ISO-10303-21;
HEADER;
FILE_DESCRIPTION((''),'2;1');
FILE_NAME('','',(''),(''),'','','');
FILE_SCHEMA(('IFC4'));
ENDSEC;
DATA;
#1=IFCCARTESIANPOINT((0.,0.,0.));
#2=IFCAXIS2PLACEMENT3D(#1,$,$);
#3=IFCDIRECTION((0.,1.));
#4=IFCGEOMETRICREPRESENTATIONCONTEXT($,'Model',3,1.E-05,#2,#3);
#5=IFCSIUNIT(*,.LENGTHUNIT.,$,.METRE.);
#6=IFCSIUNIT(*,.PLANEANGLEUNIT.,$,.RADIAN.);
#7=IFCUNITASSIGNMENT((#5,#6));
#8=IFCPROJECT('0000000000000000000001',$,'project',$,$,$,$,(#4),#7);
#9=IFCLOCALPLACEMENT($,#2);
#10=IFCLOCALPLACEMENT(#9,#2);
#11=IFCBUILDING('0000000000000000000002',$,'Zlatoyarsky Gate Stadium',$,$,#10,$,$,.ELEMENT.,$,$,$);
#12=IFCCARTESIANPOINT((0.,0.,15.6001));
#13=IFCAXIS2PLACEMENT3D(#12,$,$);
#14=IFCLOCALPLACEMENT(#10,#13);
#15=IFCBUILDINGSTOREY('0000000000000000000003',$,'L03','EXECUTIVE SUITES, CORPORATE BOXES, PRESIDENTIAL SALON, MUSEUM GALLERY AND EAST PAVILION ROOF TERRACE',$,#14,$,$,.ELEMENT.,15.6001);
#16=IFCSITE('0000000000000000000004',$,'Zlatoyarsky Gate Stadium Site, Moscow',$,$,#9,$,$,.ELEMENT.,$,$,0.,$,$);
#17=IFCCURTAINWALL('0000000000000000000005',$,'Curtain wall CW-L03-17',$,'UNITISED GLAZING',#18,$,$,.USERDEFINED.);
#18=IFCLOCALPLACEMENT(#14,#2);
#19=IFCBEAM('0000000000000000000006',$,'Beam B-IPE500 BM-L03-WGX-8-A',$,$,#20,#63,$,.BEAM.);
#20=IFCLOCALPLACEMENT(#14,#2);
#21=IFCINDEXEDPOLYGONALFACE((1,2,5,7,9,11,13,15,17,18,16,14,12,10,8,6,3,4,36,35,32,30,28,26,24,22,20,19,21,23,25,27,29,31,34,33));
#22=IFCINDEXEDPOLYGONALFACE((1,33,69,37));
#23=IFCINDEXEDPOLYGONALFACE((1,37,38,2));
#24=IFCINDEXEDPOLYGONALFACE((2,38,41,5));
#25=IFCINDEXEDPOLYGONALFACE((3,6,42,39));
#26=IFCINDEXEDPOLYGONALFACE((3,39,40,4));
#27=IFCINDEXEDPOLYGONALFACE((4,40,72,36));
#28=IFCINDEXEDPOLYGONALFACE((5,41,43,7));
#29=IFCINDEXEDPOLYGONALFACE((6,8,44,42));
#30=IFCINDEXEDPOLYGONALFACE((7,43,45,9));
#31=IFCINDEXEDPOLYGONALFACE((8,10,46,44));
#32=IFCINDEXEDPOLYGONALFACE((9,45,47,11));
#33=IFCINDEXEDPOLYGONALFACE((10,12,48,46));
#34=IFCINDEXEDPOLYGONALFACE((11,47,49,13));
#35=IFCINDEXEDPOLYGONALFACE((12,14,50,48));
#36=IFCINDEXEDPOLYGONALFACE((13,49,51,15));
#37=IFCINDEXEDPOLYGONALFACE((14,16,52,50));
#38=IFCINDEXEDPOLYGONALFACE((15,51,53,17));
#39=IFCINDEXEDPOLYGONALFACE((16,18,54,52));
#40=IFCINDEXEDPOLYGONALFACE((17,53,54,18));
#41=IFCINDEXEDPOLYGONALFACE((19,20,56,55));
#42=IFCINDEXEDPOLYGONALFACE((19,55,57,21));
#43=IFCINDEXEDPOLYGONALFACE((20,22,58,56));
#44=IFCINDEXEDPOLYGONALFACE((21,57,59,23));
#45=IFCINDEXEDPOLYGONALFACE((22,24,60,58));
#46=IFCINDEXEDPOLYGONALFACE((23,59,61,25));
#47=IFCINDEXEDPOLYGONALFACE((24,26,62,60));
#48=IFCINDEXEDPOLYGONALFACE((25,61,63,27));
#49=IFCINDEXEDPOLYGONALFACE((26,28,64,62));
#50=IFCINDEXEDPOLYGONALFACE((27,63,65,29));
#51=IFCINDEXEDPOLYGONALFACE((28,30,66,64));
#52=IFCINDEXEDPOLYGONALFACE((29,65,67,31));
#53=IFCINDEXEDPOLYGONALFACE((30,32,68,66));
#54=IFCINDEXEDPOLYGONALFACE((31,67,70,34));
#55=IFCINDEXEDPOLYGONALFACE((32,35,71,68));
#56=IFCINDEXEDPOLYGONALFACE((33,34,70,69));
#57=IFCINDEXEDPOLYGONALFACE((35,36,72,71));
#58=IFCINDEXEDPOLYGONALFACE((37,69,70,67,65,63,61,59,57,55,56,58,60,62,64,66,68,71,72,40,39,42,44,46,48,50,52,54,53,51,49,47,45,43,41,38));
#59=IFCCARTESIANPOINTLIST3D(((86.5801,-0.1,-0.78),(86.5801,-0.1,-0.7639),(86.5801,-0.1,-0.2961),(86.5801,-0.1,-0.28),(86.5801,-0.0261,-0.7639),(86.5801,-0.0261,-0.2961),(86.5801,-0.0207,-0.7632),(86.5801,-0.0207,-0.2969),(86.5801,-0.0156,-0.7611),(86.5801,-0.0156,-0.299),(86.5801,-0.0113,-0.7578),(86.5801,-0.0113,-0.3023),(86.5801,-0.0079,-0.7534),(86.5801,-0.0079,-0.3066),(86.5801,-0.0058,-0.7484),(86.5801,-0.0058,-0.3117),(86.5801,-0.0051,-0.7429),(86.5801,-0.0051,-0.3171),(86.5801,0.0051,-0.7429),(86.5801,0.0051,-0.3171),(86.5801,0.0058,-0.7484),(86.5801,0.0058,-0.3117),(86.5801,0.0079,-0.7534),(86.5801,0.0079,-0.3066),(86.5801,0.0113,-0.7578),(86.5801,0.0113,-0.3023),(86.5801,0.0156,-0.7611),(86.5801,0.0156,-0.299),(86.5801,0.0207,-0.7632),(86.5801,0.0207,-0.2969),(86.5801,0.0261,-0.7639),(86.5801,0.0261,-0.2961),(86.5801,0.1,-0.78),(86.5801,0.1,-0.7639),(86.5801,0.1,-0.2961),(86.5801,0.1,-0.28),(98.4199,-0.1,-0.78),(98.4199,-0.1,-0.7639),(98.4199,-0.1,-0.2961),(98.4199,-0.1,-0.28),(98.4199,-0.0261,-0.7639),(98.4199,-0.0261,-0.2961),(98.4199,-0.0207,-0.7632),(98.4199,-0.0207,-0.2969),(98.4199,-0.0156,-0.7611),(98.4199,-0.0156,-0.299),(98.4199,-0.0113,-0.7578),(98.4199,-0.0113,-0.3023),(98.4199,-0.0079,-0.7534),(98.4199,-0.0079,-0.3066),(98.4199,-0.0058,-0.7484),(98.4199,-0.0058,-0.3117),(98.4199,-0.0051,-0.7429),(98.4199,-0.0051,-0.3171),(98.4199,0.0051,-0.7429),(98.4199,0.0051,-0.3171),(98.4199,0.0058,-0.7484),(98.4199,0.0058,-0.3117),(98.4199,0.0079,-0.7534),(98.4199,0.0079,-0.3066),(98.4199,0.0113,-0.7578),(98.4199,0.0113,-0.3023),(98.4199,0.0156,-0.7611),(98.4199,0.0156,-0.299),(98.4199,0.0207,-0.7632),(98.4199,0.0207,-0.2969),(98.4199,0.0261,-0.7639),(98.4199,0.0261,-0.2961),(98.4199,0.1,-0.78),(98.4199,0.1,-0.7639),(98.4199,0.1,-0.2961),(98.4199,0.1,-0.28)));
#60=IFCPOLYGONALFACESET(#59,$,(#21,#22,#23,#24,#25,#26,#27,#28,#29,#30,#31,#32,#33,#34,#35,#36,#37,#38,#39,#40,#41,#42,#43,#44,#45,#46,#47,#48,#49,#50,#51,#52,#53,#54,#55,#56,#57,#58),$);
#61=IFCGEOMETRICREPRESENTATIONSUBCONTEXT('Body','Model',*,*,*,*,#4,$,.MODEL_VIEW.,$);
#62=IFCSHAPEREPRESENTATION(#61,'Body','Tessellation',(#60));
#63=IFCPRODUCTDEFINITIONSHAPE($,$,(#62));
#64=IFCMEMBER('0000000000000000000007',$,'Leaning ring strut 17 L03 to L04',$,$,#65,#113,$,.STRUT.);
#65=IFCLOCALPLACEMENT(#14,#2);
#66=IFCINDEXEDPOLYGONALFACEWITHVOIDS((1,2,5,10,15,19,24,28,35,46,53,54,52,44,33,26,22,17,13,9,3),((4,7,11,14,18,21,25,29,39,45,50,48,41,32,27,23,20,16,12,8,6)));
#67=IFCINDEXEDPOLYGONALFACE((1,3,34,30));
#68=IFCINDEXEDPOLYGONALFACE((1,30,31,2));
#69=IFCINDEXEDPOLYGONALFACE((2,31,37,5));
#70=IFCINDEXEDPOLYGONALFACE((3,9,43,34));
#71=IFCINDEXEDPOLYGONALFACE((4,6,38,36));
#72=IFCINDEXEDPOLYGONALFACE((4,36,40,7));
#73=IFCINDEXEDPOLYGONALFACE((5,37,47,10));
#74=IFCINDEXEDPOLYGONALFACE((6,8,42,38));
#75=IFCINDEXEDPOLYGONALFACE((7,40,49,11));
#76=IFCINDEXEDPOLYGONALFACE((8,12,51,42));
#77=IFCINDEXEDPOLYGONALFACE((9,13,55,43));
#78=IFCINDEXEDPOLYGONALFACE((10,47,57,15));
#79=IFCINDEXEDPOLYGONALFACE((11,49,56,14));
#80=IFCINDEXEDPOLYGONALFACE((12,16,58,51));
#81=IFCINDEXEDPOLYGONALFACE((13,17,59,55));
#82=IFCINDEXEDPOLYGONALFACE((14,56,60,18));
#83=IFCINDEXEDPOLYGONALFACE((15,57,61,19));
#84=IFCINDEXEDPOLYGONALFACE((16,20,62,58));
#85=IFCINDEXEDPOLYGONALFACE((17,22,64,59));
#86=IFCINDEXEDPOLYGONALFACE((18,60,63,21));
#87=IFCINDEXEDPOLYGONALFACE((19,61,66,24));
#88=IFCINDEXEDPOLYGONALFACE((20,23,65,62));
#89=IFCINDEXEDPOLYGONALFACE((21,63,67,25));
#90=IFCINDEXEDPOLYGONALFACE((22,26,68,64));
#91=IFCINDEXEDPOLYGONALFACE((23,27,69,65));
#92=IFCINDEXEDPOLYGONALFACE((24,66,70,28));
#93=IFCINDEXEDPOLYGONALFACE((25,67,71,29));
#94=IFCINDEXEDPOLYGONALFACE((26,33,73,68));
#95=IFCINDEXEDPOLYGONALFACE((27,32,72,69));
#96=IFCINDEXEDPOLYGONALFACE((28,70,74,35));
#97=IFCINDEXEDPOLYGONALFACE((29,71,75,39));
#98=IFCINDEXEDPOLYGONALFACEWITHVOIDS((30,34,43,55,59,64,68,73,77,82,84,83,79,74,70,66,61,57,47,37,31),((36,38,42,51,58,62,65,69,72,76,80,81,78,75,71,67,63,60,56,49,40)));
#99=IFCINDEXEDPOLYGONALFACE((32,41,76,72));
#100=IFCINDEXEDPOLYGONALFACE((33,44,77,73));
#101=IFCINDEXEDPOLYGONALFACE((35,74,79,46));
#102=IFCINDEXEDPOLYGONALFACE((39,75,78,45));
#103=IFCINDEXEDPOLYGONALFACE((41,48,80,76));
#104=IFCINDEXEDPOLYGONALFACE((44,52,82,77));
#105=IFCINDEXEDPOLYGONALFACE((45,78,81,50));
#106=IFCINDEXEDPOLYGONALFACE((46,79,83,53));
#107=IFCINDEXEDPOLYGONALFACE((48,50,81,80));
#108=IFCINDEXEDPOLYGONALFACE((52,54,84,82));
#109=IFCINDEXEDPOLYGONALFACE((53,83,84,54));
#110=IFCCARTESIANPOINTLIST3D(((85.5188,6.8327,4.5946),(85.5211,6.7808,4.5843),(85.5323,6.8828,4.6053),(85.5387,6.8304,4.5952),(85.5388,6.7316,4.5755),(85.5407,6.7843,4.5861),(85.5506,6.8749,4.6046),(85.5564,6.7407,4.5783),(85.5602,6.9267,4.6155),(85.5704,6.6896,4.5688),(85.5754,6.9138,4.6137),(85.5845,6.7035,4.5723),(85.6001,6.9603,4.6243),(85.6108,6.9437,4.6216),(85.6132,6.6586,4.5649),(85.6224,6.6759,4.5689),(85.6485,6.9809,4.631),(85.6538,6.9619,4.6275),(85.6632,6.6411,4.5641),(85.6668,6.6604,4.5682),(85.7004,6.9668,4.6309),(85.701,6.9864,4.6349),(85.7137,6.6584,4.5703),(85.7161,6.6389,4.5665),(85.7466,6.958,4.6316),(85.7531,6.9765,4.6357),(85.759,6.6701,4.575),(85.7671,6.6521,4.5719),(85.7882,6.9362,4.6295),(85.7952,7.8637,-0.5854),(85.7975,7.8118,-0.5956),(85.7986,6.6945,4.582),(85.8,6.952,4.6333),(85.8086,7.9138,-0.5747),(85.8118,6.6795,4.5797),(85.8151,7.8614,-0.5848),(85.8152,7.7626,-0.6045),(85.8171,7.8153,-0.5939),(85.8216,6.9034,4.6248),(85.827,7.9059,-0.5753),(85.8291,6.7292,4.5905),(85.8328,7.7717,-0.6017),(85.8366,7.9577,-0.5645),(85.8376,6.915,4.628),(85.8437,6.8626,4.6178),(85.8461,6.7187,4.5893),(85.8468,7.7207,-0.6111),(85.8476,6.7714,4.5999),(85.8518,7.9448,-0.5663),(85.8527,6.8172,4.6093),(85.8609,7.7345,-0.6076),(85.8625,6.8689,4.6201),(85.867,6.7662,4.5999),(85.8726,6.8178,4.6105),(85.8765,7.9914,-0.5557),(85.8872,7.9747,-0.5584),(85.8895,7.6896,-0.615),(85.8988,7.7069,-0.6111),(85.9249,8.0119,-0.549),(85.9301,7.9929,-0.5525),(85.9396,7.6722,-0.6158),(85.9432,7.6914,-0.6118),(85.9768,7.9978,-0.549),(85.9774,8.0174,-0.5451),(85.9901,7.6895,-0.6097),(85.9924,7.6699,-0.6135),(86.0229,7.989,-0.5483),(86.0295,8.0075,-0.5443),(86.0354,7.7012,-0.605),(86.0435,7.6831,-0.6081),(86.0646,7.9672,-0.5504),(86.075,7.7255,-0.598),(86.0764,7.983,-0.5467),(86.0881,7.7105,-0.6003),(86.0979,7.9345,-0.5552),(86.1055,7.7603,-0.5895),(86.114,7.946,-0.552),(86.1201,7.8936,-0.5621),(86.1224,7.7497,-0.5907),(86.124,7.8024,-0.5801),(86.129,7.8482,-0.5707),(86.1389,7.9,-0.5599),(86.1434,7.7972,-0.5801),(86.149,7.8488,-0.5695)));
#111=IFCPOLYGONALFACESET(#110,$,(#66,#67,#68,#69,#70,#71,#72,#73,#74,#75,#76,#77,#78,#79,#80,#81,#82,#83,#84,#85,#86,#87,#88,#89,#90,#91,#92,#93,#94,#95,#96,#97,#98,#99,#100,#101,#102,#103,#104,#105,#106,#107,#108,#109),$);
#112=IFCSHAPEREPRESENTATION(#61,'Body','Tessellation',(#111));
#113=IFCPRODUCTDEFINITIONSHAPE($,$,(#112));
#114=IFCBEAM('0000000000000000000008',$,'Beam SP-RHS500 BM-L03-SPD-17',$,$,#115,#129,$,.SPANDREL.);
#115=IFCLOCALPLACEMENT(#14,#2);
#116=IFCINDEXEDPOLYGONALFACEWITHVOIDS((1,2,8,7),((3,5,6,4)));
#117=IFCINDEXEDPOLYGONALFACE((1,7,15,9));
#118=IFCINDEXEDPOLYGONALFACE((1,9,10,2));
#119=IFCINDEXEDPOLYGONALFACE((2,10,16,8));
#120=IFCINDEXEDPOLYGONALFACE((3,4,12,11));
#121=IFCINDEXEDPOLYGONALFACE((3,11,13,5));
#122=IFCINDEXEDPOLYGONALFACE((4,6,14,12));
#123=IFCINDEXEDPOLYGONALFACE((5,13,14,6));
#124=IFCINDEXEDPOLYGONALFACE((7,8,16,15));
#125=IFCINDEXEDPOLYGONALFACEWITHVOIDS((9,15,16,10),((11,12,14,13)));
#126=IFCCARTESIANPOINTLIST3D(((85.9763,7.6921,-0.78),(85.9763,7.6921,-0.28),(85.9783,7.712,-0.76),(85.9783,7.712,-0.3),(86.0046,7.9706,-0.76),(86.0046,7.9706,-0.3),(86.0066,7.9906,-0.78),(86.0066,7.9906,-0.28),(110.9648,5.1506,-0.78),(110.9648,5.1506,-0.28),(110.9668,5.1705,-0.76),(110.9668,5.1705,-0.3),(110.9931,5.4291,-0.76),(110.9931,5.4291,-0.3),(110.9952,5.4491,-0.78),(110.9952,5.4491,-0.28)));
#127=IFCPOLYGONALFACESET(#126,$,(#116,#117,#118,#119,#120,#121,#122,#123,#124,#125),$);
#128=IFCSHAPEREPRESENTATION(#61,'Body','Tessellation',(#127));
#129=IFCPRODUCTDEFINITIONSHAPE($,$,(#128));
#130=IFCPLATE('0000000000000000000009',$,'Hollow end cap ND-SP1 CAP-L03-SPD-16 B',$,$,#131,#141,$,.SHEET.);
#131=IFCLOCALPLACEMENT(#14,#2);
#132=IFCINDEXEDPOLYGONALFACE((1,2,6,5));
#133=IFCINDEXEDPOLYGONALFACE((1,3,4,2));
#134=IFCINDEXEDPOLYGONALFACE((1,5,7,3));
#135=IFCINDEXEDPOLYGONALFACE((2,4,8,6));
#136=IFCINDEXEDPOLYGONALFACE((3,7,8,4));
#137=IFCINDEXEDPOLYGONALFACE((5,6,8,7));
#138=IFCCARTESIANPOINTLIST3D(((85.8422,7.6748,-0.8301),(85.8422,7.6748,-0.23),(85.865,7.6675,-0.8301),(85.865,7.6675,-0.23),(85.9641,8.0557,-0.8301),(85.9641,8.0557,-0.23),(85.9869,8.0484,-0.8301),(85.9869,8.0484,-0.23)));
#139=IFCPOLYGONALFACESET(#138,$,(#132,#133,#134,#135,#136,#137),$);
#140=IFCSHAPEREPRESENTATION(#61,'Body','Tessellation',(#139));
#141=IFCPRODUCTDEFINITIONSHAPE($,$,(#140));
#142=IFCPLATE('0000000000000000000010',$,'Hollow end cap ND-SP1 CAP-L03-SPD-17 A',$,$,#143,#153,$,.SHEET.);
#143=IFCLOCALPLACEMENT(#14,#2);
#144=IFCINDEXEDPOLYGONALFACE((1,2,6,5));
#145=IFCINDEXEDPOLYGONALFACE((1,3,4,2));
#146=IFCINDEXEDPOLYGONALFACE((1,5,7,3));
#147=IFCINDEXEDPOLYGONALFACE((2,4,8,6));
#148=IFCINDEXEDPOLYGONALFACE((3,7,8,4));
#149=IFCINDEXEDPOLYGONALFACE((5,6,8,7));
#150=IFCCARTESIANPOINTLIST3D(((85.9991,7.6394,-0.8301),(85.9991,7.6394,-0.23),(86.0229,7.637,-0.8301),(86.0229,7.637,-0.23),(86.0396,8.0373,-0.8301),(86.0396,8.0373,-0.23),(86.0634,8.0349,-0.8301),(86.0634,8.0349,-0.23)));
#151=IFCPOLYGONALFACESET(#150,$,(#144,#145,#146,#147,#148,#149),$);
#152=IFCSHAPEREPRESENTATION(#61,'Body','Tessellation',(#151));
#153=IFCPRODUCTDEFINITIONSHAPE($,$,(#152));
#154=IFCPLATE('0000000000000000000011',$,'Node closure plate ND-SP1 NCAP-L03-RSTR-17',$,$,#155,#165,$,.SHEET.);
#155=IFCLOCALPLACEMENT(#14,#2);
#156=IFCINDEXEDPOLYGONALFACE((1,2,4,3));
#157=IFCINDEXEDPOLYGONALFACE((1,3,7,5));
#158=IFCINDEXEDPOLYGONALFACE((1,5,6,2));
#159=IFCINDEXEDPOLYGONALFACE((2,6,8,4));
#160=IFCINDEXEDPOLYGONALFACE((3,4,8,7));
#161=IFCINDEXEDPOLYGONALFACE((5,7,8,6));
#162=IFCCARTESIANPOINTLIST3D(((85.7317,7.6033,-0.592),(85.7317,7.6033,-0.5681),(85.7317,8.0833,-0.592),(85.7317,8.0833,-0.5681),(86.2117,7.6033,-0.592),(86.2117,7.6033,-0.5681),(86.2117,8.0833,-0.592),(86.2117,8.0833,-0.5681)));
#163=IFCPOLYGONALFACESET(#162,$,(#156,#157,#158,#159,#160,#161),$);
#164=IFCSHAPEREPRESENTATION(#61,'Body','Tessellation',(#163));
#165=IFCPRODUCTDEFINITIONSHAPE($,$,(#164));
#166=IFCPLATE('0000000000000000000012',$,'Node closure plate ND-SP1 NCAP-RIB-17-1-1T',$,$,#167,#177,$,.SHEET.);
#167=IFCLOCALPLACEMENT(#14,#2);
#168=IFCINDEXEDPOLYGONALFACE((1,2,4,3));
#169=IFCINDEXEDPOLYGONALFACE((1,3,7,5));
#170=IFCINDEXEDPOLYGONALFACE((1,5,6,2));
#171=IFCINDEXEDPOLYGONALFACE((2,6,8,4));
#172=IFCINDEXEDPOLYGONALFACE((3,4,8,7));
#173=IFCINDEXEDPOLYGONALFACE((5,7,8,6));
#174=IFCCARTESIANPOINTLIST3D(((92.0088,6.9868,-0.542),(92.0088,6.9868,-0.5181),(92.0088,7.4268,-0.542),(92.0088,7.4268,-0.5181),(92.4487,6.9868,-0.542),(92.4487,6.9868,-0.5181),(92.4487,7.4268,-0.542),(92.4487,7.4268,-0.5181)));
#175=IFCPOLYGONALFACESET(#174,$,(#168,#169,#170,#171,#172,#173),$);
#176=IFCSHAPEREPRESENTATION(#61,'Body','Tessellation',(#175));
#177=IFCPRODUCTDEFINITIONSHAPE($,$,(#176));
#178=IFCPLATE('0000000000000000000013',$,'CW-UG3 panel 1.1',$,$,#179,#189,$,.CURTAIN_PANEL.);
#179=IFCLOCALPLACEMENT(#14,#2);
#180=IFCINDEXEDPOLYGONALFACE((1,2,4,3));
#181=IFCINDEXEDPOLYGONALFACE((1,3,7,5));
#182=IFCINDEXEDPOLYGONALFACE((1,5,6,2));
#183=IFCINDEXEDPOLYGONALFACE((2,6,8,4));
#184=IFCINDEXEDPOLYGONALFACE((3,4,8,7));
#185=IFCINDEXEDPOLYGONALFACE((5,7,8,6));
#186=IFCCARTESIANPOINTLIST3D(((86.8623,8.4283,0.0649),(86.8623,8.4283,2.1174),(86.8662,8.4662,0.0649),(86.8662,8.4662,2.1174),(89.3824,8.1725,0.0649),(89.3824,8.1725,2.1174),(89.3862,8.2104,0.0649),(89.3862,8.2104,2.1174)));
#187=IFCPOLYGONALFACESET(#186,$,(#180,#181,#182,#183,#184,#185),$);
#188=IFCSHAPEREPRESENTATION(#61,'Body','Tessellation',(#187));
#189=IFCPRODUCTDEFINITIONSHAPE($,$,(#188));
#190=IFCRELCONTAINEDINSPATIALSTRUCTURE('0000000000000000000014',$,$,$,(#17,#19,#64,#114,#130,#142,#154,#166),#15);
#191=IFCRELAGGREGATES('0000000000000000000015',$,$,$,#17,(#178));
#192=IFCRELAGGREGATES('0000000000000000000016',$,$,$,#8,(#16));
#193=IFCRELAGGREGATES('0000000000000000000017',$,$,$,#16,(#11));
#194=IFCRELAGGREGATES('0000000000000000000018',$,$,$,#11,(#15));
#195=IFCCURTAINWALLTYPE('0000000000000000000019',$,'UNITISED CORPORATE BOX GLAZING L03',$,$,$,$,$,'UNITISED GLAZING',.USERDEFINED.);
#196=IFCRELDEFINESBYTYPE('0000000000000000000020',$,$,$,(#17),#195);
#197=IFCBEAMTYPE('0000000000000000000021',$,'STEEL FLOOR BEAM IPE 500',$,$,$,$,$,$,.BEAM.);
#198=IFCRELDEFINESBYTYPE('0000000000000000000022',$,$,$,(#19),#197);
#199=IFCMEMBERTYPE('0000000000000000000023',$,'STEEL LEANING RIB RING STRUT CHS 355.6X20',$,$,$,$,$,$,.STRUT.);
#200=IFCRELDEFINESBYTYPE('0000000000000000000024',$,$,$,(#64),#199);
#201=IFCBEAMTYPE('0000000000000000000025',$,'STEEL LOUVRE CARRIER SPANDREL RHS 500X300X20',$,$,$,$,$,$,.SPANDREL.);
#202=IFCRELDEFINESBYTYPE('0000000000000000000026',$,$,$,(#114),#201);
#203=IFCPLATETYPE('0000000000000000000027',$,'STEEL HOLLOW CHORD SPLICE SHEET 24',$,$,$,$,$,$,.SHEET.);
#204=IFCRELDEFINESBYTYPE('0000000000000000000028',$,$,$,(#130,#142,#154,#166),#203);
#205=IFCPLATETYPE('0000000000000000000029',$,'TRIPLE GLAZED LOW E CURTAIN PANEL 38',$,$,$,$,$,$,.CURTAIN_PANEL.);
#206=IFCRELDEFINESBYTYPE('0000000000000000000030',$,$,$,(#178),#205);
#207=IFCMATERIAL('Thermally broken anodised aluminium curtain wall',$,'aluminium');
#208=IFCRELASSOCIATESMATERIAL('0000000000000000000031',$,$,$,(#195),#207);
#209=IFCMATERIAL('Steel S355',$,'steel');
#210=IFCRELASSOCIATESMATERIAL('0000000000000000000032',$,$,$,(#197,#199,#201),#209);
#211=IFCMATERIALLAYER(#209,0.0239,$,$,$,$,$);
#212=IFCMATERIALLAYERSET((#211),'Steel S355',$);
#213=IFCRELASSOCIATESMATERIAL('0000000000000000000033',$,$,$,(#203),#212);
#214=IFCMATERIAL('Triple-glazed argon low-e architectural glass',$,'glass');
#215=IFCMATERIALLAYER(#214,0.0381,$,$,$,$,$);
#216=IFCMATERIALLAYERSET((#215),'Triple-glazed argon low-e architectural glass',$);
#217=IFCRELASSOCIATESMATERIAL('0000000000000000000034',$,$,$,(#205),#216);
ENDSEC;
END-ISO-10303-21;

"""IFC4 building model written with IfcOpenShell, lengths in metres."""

from ifc_helpers import new_model, si_unit, direction, frame, origin, origin_2d, place, context, subcontext, project, spatial, rectangle, hollow_rectangle, hollow_circle, i_section, extrude, material, layer, layer_set, material_profile, profile_set, type_object, element, aggregate, save


model = new_model("IFC4")

# Units and contexts
model_context = context("Model", 3, precision=1e-05, world=origin(), true_north=direction((0.0, 1.0)))
body_context = subcontext(model_context, "Body", "Model", "MODEL_VIEW")
ifc_project = project(units=[si_unit("LENGTHUNIT", "METRE"), si_unit("PLANEANGLEUNIT", "RADIAN")], contexts=[model_context])

# Site, building, storey
site_placement = place(None, origin())
site = spatial("IfcSite", under=ifc_project, at=site_placement, Name="Zlatoyarsky Gate Stadium Site, Moscow", CompositionType="ELEMENT", RefElevation=0.0)
building_placement = place(site_placement, origin())
building = spatial("IfcBuilding", under=site, at=building_placement, Name="Zlatoyarsky Gate Stadium", CompositionType="ELEMENT")
storey_placement = place(building_placement, frame((0.0, 0.0, 15.6001)))
storey = spatial("IfcBuildingStorey", under=building, at=storey_placement, Name="L03", Description="EXECUTIVE SUITES, CORPORATE BOXES, PRESIDENTIAL SALON, MUSEUM GALLERY AND EAST PAVILION ROOF TERRACE", CompositionType="ELEMENT", Elevation=15.6001)

# Curtain wall
ifc_material_1 = material(Name="Thermally broken anodised aluminium curtain wall", Category="aluminium")
curtain_wall_type = type_object("IfcCurtainWallType", Name="UNITISED CORPORATE BOX GLAZING L03", ElementType="UNITISED GLAZING", PredefinedType="USERDEFINED", material=ifc_material_1)
curtain_wall_placement = place(storey_placement, origin())
curtain_wall = element("IfcCurtainWall", 1, at=curtain_wall_placement, inside=storey, type_object=curtain_wall_type, Name="Curtain wall CW-L03-17", ObjectType="UNITISED GLAZING", PredefinedType="USERDEFINED")

# Beam
ifc_material_2 = material(Name="Steel S355", Category="steel")
ifc_material_profile_1 = material_profile(ifc_material_2, i_section(OverallWidth=0.2, OverallDepth=0.5, WebThickness=0.0103, FlangeThickness=0.0161, FilletRadius=0.021, at=origin_2d()), Name="IPE 500")
ifc_profile_set_1 = profile_set([ifc_material_profile_1], Name="Steel S355")
beam_type_1 = type_object("IfcBeamType", Name="STEEL FLOOR BEAM IPE 500", PredefinedType="BEAM", material=ifc_profile_set_1)
beam_1_placement = place(storey_placement, frame((86.5801, 0.0, -0.53), z_axis=(1.0, 0.0, 0.0), x_axis=(0.0, 1.0, 0.0)))
element("IfcBeam", 2, at=beam_1_placement, inside=storey, type_object=beam_type_1, Name="Beam B-IPE500 BM-L03-WGX-8-A", PredefinedType="BEAM", context=body_context, shape_type="SweptSolid", body=[
    extrude(i_section(OverallWidth=0.2, OverallDepth=0.5, WebThickness=0.0103, FlangeThickness=0.0161, FilletRadius=0.021, at=origin_2d()), origin(), (0.0, 0.0, 1.0), 11.8398),
])

# Member
ifc_material_profile_2 = material_profile(ifc_material_2, hollow_circle(Radius=0.1777, WallThickness=0.02, at=origin_2d()), Name="CHS 355.6X20")
ifc_profile_set_2 = profile_set([ifc_material_profile_2], Name="Steel S355")
member_type_1 = type_object("IfcMemberType", Name="STEEL LEANING RIB RING STRUT CHS 355.6X20", PredefinedType="STRUT", material=ifc_profile_set_2)
member_1_placement = place(storey_placement, frame((85.9717, 7.8433, -0.5801), z_axis=(-0.052256, -0.194943, 0.979422), x_axis=(0.9659, -0.258915, 0.0)))
element("IfcMember", 3, at=member_1_placement, inside=storey, type_object=member_type_1, Name="Leaning ring strut 17 L03 to L04", PredefinedType="STRUT", context=body_context, shape_type="SweptSolid", body=[
    extrude(hollow_circle(Radius=0.1777, WallThickness=0.02, at=origin_2d()), origin(), (0.0, 0.0, 1.0), 5.2888),
])

# Beam
ifc_material_profile_3 = material_profile(ifc_material_2, hollow_rectangle(XDim=0.3, YDim=0.5, WallThickness=0.02, at=origin_2d()), Name="RHS 500X300X20")
ifc_profile_set_3 = profile_set([ifc_material_profile_3], Name="Steel S355")
beam_type_2 = type_object("IfcBeamType", Name="STEEL LOUVRE CARRIER SPANDREL RHS 500X300X20", PredefinedType="SPANDREL", material=ifc_profile_set_3)
beam_2_placement = place(storey_placement, frame((85.9915, 7.8413, -0.53), z_axis=(0.994868, -0.101185, 0.0), x_axis=(0.101185, 0.994868, 0.0)))
element("IfcBeam", 4, at=beam_2_placement, inside=storey, type_object=beam_type_2, Name="Beam SP-RHS500 BM-L03-SPD-17", PredefinedType="SPANDREL", context=body_context, shape_type="SweptSolid", body=[
    extrude(hollow_rectangle(XDim=0.3, YDim=0.5, WallThickness=0.02, at=origin_2d()), origin(), (0.0, 0.0, 1.0), 25.1174),
])

# Plates
ifc_layer_1 = layer(ifc_material_2, 0.0239)
ifc_layer_set_1 = layer_set([ifc_layer_1], Name="Steel S355")
plate_type_1 = type_object("IfcPlateType", Name="STEEL HOLLOW CHORD SPLICE SHEET 24", PredefinedType="SHEET", material=ifc_layer_set_1)
for number, where, z_axis, x_axis, name in (
    (5, (85.9146, 7.8616, -0.8301), (0.0, 0.0, 1.0), (0.95243, -0.304759, 0.0), "Hollow end cap ND-SP1 CAP-L03-SPD-16 B"),
    (6, (86.0312, 7.8372, -0.8301), (0.0, 0.0, 1.0), (0.994868, -0.101179, 0.0), "Hollow end cap ND-SP1 CAP-L03-SPD-17 A"),
):
    element("IfcPlate", number, at=place(storey_placement, frame(where, z_axis=z_axis, x_axis=x_axis)), inside=storey, type_object=plate_type_1, Name=name, PredefinedType="SHEET", context=body_context, shape_type="SweptSolid", body=[
        extrude(rectangle(XDim=0.0239, YDim=0.3999, at=origin_2d()), origin(), (0.0, 0.0, 1.0), 0.6001),
    ])
plate_1_placement = place(storey_placement, frame((85.9717, 7.8433, -0.592), z_axis=(0.0, 0.0, 1.0), x_axis=(1.0, 0.0, 0.0)))
element("IfcPlate", 7, at=plate_1_placement, inside=storey, type_object=plate_type_1, Name="Node closure plate ND-SP1 NCAP-L03-RSTR-17", PredefinedType="SHEET", context=body_context, shape_type="SweptSolid", body=[
    extrude(rectangle(XDim=0.48, YDim=0.48, at=origin_2d()), origin(), (0.0, 0.0, 1.0), 0.0239),
])
plate_2_placement = place(storey_placement, frame((92.2288, 7.2068, -0.542), z_axis=(0.0, 0.0, 1.0), x_axis=(1.0, 0.0, 0.0)))
element("IfcPlate", 8, at=plate_2_placement, inside=storey, type_object=plate_type_1, Name="Node closure plate ND-SP1 NCAP-RIB-17-1-1T", PredefinedType="SHEET", context=body_context, shape_type="SweptSolid", body=[
    extrude(rectangle(XDim=0.4399, YDim=0.4399, at=origin_2d()), origin(), (0.0, 0.0, 1.0), 0.0239),
])

# Plate
ifc_material_3 = material(Name="Triple-glazed argon low-e architectural glass", Category="glass")
ifc_layer_2 = layer(ifc_material_3, 0.0381)
ifc_layer_set_2 = layer_set([ifc_layer_2], Name="Triple-glazed argon low-e architectural glass")
plate_type_2 = type_object("IfcPlateType", Name="TRIPLE GLAZED LOW E CURTAIN PANEL 38", PredefinedType="CURTAIN_PANEL", material=ifc_layer_set_2)
plate_3_placement = place(storey_placement, frame((88.1243, 8.3193, 0.0649), z_axis=(0.0, 0.0, 1.0), x_axis=(0.99489, -0.100968, 0.0)))
plate_3 = element("IfcPlate", 9, at=plate_3_placement, type_object=plate_type_2, Name="CW-UG3 panel 1.1", PredefinedType="CURTAIN_PANEL", context=body_context, shape_type="SweptSolid", body=[
    extrude(rectangle(XDim=2.533, YDim=0.0381, at=origin_2d()), origin(), (0.0, 0.0, 1.0), 2.0525),
])
aggregate(curtain_wall, [plate_3])

save(model, "model.ifc")
